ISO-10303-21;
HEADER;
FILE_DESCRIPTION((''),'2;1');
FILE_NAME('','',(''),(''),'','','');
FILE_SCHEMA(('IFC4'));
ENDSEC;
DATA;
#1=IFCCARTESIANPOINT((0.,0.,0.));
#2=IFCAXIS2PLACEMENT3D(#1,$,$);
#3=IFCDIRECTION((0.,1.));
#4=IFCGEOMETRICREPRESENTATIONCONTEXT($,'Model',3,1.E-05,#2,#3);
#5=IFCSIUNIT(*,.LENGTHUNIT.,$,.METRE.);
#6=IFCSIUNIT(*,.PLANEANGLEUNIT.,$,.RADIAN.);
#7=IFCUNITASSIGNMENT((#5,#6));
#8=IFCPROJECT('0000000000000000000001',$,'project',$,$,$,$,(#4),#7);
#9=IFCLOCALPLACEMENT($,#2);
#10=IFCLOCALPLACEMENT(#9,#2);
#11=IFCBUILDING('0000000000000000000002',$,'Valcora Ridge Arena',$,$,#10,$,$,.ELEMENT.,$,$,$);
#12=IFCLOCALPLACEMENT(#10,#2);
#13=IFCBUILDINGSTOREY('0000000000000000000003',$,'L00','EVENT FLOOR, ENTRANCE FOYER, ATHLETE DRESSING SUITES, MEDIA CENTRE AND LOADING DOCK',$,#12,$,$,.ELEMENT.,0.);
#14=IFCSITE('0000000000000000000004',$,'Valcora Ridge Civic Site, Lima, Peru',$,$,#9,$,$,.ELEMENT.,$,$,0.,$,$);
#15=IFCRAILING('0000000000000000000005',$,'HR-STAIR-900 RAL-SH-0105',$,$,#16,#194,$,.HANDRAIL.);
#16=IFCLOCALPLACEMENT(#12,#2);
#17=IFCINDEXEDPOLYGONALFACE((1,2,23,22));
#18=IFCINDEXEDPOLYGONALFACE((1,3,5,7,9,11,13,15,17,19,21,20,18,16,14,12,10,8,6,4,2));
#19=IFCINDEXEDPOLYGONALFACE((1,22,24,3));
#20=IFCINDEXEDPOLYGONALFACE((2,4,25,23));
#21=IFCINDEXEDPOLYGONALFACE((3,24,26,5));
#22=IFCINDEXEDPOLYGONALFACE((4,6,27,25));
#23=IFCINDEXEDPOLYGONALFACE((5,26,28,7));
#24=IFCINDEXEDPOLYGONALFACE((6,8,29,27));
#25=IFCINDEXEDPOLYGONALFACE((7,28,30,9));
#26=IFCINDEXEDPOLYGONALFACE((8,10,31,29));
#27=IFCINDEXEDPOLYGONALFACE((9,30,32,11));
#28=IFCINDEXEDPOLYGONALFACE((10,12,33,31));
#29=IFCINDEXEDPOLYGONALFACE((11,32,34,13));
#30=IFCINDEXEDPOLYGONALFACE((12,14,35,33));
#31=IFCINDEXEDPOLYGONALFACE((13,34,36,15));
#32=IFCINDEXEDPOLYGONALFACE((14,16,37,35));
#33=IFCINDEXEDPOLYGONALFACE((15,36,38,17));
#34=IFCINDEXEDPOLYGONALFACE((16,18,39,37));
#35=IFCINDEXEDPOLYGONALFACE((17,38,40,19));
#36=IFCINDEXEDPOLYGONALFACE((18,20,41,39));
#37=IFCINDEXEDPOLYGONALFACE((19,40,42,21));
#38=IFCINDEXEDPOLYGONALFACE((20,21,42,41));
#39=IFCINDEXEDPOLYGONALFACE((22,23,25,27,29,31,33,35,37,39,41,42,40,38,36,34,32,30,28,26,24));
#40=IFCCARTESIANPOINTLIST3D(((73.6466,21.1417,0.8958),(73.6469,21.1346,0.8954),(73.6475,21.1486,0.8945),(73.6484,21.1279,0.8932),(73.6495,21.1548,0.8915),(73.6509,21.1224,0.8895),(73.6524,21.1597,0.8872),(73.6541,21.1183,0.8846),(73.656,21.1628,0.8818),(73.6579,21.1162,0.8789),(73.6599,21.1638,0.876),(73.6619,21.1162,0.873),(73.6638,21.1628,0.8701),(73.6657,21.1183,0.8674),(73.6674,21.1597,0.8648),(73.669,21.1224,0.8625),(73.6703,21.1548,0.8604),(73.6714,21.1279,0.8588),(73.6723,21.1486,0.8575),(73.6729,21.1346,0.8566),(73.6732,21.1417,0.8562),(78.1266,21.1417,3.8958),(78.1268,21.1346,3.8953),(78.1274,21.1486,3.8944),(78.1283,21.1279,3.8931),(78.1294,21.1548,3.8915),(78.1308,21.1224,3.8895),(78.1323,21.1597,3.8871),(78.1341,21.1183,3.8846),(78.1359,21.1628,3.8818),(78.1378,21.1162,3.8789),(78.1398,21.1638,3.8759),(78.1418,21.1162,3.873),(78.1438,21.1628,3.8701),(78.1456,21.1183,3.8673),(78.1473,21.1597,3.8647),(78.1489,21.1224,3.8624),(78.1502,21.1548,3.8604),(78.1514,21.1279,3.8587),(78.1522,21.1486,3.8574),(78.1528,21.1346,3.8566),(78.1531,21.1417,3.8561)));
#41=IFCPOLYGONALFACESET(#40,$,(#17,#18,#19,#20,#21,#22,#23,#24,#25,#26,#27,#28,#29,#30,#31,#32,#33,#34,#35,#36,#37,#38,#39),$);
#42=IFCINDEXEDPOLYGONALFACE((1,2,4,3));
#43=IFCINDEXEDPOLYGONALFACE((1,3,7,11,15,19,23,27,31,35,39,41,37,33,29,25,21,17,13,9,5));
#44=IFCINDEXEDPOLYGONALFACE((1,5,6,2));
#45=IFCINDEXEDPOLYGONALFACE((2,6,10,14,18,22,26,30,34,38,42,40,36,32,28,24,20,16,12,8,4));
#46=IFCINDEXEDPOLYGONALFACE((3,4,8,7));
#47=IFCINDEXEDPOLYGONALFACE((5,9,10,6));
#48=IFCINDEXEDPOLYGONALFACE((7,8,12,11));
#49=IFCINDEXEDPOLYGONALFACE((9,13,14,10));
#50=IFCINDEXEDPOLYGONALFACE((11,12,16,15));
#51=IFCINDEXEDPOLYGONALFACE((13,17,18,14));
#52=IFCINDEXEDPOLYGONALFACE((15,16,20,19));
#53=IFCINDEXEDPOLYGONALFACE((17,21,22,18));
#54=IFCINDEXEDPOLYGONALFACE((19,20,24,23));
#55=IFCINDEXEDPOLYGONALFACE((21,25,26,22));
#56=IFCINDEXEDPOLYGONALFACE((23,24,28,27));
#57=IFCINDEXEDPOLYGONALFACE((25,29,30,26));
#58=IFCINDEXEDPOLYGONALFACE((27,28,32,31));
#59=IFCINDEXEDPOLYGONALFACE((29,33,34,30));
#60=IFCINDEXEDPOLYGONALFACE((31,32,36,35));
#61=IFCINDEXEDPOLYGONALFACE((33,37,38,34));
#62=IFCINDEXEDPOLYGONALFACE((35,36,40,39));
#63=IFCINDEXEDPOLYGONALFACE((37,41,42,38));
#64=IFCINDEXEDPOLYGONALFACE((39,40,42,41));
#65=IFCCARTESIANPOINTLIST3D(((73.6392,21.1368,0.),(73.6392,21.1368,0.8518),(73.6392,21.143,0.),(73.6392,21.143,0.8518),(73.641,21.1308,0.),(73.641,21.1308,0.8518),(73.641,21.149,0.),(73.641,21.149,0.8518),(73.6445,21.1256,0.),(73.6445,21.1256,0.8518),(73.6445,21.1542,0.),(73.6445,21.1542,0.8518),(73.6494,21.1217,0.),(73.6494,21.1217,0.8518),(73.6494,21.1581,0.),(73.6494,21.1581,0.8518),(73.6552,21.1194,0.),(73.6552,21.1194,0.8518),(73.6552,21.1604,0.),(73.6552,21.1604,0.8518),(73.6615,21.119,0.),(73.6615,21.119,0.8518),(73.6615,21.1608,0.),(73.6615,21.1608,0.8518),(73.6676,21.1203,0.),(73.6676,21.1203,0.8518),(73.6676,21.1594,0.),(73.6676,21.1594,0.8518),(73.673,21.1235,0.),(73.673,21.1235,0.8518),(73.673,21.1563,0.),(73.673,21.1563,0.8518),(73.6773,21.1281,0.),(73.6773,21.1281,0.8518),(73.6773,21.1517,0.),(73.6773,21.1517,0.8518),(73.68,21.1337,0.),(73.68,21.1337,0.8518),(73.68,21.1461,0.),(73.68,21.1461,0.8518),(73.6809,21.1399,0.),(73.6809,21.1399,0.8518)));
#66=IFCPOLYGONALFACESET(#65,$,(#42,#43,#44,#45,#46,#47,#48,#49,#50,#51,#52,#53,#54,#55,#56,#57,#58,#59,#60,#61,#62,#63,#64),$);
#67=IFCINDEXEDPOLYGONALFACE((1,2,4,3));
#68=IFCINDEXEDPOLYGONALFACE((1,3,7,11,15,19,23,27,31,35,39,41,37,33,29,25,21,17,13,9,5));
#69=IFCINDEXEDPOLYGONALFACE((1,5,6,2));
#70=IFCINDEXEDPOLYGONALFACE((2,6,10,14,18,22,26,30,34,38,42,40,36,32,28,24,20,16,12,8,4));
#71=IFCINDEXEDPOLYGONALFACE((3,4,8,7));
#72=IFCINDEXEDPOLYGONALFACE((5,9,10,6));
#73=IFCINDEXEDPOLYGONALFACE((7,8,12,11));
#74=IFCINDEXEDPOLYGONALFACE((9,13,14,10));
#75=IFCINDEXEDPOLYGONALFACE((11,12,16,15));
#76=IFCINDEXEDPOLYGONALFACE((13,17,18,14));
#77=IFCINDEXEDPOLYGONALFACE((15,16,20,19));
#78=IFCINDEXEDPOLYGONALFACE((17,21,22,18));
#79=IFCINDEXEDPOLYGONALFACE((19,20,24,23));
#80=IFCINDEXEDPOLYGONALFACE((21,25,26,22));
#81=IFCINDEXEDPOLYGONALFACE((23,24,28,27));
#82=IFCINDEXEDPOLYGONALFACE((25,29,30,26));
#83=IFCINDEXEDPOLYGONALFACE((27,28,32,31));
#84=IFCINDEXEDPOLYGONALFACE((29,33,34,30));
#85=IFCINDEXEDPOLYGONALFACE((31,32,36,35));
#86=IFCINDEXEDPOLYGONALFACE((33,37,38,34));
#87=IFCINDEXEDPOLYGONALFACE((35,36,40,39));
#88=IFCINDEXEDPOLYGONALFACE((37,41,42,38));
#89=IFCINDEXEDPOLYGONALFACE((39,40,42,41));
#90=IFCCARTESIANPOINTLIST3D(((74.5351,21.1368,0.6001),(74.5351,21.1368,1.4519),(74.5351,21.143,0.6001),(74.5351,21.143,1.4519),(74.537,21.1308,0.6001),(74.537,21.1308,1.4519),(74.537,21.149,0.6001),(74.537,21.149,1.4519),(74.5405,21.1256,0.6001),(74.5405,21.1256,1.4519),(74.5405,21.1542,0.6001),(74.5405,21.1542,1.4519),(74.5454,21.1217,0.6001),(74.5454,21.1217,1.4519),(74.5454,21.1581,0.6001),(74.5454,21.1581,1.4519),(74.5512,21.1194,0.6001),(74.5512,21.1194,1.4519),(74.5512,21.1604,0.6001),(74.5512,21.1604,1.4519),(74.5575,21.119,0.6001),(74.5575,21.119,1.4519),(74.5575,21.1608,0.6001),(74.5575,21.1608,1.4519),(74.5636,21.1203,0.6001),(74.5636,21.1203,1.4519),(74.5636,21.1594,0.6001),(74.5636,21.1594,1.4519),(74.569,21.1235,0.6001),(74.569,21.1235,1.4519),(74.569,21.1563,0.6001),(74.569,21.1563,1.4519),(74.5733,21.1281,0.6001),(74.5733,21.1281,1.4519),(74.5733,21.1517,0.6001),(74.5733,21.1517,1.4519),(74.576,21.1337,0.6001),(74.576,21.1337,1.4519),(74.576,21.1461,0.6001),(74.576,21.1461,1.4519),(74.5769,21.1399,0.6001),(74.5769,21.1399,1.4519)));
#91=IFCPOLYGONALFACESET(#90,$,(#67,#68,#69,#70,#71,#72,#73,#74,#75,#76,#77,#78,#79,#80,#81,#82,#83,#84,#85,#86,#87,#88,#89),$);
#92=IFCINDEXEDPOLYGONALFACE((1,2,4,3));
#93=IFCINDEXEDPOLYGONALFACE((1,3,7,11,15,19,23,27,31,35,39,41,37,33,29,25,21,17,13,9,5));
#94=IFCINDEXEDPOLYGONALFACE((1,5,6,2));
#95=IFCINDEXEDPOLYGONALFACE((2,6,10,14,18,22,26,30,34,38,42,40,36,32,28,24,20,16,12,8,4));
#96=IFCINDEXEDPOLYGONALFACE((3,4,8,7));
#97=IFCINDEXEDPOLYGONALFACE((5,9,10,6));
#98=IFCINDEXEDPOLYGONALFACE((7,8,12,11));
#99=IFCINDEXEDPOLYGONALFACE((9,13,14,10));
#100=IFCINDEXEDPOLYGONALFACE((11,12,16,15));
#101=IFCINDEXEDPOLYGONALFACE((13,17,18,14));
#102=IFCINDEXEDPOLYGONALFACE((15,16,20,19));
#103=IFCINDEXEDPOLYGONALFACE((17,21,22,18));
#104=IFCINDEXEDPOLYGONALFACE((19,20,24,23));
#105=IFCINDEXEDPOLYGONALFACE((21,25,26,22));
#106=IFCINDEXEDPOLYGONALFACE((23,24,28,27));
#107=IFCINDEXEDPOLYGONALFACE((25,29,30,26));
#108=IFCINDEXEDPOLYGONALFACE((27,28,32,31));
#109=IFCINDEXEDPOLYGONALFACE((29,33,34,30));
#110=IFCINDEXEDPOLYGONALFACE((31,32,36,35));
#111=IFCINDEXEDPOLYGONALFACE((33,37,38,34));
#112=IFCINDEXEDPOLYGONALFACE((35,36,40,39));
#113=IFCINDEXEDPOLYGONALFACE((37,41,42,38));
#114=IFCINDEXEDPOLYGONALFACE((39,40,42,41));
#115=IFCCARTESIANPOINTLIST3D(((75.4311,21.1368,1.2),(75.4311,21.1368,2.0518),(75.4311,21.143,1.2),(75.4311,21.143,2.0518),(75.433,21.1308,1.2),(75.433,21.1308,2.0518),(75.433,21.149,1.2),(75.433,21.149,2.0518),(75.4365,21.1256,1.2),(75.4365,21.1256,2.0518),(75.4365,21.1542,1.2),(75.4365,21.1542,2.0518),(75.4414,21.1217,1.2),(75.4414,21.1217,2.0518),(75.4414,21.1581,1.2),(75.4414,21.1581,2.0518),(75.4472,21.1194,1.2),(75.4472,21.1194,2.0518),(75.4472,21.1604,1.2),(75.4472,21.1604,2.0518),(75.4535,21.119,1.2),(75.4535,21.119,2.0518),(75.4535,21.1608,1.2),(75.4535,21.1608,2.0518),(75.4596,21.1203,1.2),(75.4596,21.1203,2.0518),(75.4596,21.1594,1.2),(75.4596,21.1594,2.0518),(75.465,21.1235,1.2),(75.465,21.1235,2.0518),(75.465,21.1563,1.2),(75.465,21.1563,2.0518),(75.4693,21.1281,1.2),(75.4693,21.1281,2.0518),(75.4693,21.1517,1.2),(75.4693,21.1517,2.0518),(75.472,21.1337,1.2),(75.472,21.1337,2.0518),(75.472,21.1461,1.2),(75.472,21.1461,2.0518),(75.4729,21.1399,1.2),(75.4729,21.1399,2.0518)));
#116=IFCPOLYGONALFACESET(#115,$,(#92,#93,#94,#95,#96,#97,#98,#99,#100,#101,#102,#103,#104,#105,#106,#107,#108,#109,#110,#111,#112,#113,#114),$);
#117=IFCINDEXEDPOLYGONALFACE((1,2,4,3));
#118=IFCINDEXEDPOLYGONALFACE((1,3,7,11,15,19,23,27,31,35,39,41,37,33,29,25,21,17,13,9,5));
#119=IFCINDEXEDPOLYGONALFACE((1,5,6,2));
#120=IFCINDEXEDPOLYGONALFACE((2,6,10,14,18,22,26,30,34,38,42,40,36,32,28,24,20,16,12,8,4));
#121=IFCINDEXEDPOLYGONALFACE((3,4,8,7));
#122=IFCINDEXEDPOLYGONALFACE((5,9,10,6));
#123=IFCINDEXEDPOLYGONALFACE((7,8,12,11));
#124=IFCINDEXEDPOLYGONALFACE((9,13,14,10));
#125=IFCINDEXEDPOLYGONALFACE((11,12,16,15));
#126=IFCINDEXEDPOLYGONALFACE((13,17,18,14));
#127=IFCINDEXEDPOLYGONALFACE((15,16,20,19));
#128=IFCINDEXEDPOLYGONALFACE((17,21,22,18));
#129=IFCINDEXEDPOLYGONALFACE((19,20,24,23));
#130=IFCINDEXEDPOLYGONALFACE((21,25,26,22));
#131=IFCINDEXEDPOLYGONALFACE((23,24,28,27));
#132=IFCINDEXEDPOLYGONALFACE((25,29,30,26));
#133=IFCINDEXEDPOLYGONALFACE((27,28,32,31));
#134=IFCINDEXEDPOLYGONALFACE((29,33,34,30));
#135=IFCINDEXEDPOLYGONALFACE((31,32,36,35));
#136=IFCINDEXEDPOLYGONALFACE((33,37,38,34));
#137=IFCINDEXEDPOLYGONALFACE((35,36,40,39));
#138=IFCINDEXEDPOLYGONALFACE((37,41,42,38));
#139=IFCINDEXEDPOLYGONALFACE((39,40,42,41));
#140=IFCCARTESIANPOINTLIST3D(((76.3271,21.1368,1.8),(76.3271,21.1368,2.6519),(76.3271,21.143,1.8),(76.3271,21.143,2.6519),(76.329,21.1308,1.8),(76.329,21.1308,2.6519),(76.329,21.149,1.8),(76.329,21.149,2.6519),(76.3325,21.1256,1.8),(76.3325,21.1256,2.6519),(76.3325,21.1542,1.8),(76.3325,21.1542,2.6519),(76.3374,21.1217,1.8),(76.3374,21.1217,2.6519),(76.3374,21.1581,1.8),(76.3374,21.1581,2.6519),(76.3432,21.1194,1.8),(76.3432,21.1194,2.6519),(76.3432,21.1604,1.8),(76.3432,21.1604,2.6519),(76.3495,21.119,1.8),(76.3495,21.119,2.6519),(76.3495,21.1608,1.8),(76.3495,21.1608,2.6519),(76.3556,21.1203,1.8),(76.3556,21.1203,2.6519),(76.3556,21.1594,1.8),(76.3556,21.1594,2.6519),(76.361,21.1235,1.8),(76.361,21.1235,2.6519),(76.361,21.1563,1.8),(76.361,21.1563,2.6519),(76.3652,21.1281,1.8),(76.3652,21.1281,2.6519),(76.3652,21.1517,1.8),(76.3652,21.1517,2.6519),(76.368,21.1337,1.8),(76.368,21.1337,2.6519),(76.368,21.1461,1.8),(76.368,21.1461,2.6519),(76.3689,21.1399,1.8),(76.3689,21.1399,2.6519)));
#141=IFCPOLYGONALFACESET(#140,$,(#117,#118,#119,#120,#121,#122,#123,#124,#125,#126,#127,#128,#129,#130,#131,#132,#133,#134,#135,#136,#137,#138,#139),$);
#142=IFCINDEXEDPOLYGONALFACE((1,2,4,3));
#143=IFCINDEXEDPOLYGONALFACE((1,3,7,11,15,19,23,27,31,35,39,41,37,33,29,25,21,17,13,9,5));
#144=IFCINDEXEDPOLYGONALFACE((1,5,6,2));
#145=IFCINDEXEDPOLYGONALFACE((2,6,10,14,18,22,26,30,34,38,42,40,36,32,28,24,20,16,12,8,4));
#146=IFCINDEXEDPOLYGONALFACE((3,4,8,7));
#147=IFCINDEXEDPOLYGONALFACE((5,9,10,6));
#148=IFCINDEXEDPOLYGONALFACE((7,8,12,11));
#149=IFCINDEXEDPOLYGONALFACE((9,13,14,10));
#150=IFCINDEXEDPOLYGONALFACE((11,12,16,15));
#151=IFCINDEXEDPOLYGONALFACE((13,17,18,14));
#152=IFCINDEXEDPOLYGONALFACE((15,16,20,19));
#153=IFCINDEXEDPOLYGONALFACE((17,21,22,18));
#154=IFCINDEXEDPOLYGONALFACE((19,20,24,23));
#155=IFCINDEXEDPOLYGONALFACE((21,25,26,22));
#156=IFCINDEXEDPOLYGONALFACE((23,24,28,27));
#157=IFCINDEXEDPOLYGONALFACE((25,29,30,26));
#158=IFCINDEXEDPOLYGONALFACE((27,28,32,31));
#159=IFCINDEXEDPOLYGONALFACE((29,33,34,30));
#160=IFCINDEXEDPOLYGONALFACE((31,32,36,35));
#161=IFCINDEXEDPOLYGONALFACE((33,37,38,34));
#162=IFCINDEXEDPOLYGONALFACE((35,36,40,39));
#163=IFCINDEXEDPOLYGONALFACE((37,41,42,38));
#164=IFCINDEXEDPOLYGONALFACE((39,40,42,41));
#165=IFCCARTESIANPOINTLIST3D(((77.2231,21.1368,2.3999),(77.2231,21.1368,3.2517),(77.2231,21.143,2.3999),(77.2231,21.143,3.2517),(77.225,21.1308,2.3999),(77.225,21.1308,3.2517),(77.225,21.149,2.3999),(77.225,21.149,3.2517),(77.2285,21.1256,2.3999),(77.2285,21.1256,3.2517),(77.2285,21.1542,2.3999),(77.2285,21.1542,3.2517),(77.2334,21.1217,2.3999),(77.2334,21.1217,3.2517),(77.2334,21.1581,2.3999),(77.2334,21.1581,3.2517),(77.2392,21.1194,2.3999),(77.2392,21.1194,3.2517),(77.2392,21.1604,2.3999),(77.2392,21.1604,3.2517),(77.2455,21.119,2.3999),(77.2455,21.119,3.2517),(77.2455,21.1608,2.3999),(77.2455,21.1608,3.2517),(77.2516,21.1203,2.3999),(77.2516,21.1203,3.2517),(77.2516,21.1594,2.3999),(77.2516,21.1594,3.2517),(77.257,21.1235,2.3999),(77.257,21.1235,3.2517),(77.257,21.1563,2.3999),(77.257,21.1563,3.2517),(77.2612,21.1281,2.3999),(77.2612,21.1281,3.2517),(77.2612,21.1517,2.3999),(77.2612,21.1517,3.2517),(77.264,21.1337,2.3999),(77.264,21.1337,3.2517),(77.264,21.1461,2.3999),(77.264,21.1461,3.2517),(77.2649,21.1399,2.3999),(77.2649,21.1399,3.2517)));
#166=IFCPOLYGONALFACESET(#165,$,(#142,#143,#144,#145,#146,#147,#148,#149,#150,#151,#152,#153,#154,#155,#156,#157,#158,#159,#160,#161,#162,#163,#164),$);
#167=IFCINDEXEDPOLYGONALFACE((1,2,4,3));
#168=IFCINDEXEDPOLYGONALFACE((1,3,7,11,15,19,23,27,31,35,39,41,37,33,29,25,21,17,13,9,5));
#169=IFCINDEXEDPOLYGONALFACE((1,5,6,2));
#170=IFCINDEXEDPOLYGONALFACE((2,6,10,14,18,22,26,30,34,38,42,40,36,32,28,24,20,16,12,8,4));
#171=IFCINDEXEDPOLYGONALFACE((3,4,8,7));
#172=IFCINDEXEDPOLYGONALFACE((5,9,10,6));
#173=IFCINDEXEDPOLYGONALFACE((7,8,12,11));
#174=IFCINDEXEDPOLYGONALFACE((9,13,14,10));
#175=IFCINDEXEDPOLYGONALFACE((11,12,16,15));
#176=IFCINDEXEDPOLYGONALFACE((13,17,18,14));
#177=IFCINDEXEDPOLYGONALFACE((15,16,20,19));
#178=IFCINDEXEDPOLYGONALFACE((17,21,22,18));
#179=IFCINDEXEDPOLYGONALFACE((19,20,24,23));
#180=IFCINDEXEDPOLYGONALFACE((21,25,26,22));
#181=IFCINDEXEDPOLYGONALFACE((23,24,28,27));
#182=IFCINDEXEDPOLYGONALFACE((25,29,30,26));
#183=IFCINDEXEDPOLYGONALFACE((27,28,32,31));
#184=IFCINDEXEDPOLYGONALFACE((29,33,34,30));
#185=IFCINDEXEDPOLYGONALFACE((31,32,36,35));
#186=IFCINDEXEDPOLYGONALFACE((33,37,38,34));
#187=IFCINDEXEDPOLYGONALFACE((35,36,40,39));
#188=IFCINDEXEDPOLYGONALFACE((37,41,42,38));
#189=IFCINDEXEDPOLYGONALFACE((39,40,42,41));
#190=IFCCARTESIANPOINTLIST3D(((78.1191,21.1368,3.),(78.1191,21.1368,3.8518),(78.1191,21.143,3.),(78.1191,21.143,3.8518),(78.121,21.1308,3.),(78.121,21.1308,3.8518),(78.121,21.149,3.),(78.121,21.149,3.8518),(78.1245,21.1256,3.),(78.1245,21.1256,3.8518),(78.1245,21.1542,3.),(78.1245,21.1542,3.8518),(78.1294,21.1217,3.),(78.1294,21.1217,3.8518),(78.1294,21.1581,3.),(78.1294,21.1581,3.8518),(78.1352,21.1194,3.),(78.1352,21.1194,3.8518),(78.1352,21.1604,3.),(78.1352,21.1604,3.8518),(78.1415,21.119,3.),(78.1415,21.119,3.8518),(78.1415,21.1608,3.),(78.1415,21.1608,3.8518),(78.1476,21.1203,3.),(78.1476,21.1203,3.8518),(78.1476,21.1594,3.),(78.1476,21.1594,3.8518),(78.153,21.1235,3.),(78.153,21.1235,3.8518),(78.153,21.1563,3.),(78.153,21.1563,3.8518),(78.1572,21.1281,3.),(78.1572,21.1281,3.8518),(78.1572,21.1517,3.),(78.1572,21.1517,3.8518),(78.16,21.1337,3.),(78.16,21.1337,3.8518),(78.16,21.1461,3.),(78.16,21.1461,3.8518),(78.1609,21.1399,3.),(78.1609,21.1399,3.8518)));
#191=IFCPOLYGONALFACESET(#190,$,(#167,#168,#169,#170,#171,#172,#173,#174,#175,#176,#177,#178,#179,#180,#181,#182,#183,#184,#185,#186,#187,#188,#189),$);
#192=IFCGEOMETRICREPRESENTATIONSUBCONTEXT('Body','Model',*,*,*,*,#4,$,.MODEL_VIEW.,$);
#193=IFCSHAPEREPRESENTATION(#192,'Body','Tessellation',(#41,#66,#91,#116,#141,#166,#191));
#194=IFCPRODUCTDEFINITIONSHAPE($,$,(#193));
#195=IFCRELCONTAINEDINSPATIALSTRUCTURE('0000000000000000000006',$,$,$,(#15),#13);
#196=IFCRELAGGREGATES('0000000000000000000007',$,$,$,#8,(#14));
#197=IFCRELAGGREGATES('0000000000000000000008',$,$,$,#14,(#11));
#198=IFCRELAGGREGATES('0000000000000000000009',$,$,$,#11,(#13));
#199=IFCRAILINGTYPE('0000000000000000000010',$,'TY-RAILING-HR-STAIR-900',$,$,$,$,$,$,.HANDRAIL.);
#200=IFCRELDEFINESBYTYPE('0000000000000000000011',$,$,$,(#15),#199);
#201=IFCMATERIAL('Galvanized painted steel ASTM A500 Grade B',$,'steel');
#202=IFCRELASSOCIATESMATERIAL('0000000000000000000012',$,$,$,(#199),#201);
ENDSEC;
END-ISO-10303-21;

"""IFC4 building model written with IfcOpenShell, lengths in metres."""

from ifc_helpers import new_model, si_unit, direction, frame, origin, origin_2d, place, context, subcontext, project, spatial, circle, extrude, material, type_object, element, save


model = new_model("IFC4")

# Units and contexts
model_context = context("Model", 3, precision=1e-05, world=origin(), true_north=direction((0.0, 1.0)))
body_context = subcontext(model_context, "Body", "Model", "MODEL_VIEW")
ifc_project = project(units=[si_unit("LENGTHUNIT", "METRE"), si_unit("PLANEANGLEUNIT", "RADIAN")], contexts=[model_context])

# Site, building, storey
site_placement = place(None, origin())
site = spatial("IfcSite", under=ifc_project, at=site_placement, Name="Valcora Ridge Civic Site, Lima, Peru", CompositionType="ELEMENT", RefElevation=0.0)
building_placement = place(site_placement, origin())
building = spatial("IfcBuilding", under=site, at=building_placement, Name="Valcora Ridge Arena", CompositionType="ELEMENT")
storey_placement = place(building_placement, origin())
storey = spatial("IfcBuildingStorey", under=building, at=storey_placement, Name="L00", Description="EVENT FLOOR, ENTRANCE FOYER, ATHLETE DRESSING SUITES, MEDIA CENTRE AND LOADING DOCK", CompositionType="ELEMENT", Elevation=0.0)

# Railing
ifc_material_1 = material(Name="Galvanized painted steel ASTM A500 Grade B", Category="steel")
railing_type_1 = type_object("IfcRailingType", Name="TY-RAILING-HR-STAIR-900", PredefinedType="HANDRAIL", material=ifc_material_1)
railing_1_placement = place(storey_placement, frame((73.6599, 21.1399, 0.0)))
element("IfcRailing", 1, at=railing_1_placement, inside=storey, type_object=railing_type_1, Name="HR-STAIR-900 RAL-SH-0105", PredefinedType="HANDRAIL", context=body_context, shape_type="SweptSolid", body=[
    extrude(circle(Radius=0.0239, at=origin_2d()), frame((0.0, 0.0, 0.876), z_axis=(0.830906, 0.0, 0.556413), x_axis=(0.0, 1.0, 0.0)), (0.0, 0.0, 1.0), 5.3916),
    extrude(circle(Radius=0.021, at=origin_2d()), origin(), (0.0, 0.0, 1.0), 0.8518),
    extrude(circle(Radius=0.021, at=origin_2d()), frame((0.896, 0.0, 0.6001)), (0.0, 0.0, 1.0), 0.8518),
    extrude(circle(Radius=0.021, at=origin_2d()), frame((1.792, 0.0, 1.2)), (0.0, 0.0, 1.0), 0.8518),
    extrude(circle(Radius=0.021, at=origin_2d()), frame((2.688, 0.0, 1.8)), (0.0, 0.0, 1.0), 0.8518),
    extrude(circle(Radius=0.021, at=origin_2d()), frame((3.584, 0.0, 2.3999)), (0.0, 0.0, 1.0), 0.8518),
    extrude(circle(Radius=0.021, at=origin_2d()), frame((4.48, 0.0, 3.0)), (0.0, 0.0, 1.0), 0.8518),
])

save(model, "model.ifc")
